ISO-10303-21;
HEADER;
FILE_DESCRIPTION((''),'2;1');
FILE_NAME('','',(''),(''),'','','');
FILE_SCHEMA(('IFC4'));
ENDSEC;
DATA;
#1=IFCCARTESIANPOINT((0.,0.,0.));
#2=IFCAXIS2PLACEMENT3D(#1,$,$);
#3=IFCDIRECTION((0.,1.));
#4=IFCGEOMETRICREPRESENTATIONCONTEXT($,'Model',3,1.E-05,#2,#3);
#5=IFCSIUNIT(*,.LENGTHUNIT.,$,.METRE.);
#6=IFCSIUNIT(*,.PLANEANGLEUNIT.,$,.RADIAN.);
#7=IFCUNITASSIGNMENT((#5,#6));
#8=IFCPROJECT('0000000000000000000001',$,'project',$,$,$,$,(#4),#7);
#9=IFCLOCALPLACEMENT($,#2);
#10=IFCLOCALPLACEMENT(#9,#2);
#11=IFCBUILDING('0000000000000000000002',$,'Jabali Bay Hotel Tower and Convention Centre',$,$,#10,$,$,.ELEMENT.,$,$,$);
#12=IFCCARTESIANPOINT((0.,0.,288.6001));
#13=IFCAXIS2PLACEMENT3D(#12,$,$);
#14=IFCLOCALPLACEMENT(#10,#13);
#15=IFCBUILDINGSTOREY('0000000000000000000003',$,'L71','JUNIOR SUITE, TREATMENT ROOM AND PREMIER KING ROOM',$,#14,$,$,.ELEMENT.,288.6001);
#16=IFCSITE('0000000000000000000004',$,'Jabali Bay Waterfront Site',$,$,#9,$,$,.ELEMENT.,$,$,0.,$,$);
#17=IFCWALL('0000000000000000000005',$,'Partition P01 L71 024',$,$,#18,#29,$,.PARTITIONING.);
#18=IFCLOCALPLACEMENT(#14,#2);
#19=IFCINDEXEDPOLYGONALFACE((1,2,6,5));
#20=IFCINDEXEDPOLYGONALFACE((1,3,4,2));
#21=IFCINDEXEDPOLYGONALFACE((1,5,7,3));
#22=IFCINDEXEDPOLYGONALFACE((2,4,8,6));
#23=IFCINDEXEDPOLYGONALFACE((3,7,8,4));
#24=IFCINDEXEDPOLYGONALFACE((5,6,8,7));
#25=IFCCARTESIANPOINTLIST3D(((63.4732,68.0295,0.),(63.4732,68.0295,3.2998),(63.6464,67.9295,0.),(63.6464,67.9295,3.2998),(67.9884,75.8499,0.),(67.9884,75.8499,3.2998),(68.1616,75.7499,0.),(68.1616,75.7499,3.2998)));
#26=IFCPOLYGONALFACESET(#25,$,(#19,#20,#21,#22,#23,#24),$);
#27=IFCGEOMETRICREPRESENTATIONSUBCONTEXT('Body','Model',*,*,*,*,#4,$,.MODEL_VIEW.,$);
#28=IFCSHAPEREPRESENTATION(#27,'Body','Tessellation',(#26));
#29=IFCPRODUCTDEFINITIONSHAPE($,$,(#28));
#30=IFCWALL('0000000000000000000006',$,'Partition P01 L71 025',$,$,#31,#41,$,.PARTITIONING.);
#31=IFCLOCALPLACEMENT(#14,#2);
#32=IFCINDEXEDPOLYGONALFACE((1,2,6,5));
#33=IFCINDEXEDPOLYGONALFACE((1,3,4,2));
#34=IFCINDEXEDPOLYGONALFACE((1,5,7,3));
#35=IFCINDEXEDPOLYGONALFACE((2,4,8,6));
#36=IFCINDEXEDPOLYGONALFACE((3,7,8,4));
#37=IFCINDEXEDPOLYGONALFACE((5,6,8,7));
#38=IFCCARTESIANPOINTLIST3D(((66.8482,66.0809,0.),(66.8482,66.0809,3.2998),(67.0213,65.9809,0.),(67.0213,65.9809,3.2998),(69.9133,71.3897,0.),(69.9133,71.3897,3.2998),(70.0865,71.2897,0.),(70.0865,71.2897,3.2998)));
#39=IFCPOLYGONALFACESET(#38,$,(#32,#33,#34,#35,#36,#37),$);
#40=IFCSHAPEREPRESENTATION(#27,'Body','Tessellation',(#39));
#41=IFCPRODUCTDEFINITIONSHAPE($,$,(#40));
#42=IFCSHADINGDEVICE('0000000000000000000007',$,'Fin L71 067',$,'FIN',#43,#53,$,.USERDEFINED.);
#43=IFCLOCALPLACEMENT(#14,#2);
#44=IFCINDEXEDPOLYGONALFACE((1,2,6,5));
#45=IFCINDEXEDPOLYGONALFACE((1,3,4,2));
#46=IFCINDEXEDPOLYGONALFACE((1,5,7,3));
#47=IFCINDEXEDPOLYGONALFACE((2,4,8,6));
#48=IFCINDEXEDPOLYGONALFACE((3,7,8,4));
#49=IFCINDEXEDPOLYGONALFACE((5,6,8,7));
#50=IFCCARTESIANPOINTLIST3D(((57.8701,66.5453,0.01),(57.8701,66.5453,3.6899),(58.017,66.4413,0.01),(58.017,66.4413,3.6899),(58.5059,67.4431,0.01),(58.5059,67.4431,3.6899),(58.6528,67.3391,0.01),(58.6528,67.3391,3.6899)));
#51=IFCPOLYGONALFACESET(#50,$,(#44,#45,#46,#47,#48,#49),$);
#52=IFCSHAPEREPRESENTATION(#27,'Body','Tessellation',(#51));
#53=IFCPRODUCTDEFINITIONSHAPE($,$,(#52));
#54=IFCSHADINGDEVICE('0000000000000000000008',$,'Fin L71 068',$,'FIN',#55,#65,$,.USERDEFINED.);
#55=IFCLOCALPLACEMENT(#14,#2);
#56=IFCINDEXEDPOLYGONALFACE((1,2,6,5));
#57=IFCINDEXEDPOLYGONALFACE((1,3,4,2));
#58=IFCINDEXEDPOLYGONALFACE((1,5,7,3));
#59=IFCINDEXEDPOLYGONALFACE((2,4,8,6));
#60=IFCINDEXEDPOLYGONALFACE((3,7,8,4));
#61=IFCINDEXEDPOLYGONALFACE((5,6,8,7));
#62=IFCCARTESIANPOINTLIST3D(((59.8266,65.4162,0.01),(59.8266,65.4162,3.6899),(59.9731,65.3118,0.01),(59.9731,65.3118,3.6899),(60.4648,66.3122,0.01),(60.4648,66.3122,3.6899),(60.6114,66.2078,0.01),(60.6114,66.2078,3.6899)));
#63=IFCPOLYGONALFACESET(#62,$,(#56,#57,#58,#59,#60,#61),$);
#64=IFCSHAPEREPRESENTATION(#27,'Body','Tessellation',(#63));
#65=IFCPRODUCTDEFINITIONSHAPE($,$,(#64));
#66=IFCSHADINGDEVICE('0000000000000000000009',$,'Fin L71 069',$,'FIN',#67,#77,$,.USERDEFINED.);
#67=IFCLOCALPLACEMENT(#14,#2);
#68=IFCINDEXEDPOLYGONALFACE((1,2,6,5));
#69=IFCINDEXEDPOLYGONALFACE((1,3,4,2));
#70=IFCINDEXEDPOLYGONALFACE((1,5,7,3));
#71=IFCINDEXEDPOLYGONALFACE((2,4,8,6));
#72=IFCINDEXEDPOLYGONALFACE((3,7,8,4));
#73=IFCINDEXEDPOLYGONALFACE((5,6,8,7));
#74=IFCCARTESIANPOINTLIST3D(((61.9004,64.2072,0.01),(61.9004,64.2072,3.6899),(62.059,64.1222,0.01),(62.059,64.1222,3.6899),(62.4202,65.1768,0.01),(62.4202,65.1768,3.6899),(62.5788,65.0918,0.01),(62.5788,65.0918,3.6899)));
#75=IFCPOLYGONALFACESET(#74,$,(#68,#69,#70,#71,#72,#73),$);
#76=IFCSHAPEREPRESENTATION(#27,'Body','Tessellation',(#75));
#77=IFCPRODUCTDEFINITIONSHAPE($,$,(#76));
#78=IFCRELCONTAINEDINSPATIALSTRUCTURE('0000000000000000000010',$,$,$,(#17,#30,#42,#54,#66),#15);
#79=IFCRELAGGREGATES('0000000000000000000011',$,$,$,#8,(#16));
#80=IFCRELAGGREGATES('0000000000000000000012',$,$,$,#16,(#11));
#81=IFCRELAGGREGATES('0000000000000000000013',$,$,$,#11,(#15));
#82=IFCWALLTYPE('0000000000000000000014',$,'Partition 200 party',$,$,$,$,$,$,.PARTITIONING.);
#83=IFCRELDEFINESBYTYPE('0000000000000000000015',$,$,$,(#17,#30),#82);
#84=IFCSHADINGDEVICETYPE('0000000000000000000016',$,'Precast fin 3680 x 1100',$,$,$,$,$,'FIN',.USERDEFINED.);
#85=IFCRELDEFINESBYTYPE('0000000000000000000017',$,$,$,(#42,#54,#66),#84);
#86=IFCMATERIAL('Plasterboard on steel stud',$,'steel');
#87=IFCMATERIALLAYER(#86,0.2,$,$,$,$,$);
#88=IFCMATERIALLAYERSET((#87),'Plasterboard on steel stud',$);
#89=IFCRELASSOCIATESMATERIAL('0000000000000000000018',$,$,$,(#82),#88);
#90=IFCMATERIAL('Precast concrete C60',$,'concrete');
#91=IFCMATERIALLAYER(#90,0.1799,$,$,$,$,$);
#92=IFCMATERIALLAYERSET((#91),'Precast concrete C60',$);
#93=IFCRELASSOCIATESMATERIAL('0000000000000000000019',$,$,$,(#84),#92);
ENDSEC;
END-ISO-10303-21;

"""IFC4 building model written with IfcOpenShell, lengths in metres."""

from ifc_helpers import new_model, si_unit, direction, frame, frame_2d, origin, place, context, subcontext, project, spatial, rectangle, extrude, material, layer, layer_set, type_object, element, save


model = new_model("IFC4")

# Units and contexts
model_context = context("Model", 3, precision=1e-05, world=origin(), true_north=direction((0.0, 1.0)))
body_context = subcontext(model_context, "Body", "Model", "MODEL_VIEW")
ifc_project = project(units=[si_unit("LENGTHUNIT", "METRE"), si_unit("PLANEANGLEUNIT", "RADIAN")], contexts=[model_context])

# Site, building, storey
site_placement = place(None, origin())
site = spatial("IfcSite", under=ifc_project, at=site_placement, Name="Jabali Bay Waterfront Site", CompositionType="ELEMENT", RefElevation=0.0)
building_placement = place(site_placement, origin())
building = spatial("IfcBuilding", under=site, at=building_placement, Name="Jabali Bay Hotel Tower and Convention Centre", CompositionType="ELEMENT")
storey_placement = place(building_placement, frame((0.0, 0.0, 288.6001)))
storey = spatial("IfcBuildingStorey", under=building, at=storey_placement, Name="L71", Description="JUNIOR SUITE, TREATMENT ROOM AND PREMIER KING ROOM", CompositionType="ELEMENT", Elevation=288.6001)

# Shared definitions
ifc_material_1 = material(Name="Plasterboard on steel stud", Category="steel")

# Walls
ifc_layer_1 = layer(ifc_material_1, 0.2)
ifc_layer_set_1 = layer_set([ifc_layer_1], Name="Plasterboard on steel stud")
wall_type_1 = type_object("IfcWallType", Name="Partition 200 party", PredefinedType="PARTITIONING", material=ifc_layer_set_1)
wall_1_placement = place(storey_placement, frame((63.5598, 67.9795, 0.0), z_axis=(0.0, 0.0, 1.0), x_axis=(0.500006, 0.866022, 0.0)))
element("IfcWall", 1, at=wall_1_placement, inside=storey, type_object=wall_type_1, Name="Partition P01 L71 024", PredefinedType="PARTITIONING", context=body_context, shape_type="SweptSolid", body=[
    extrude(rectangle(XDim=9.0303, YDim=0.2, at=frame_2d((4.5151, 0.0))), origin(), (0.0, 0.0, 1.0), 3.2998),
])
wall_2_placement = place(storey_placement, frame((66.9348, 66.031, 0.0), z_axis=(0.0, 0.0, 1.0), x_axis=(0.500015, 0.866016, 0.0)))
element("IfcWall", 2, at=wall_2_placement, inside=storey, type_object=wall_type_1, Name="Partition P01 L71 025", PredefinedType="PARTITIONING", context=body_context, shape_type="SweptSolid", body=[
    extrude(rectangle(XDim=6.1301, YDim=0.2, at=frame_2d((3.0649, 0.0))), origin(), (0.0, 0.0, 1.0), 3.2998),
])

# Shading devices
ifc_material_2 = material(Name="Precast concrete C60", Category="concrete")
ifc_layer_2 = layer(ifc_material_2, 0.1799)
ifc_layer_set_2 = layer_set([ifc_layer_2], Name="Precast concrete C60")
shading_device_type = type_object("IfcShadingDeviceType", Name="Precast fin 3680 x 1100", ElementType="FIN", PredefinedType="USERDEFINED", material=ifc_layer_set_2)
for number, where, z_axis, x_axis, name in (
    (3, (58.5793, 67.3911, 0.01), (0.0, 0.0, 1.0), (-0.577937, -0.816081, 0.0), "Fin L71 067"),
    (4, (60.5381, 66.26, 0.01), (0.0, 0.0, 1.0), (-0.580146, -0.814513, 0.0), "Fin L71 068"),
    (5, (62.4995, 65.1343, 0.01), (0.0, 0.0, 1.0), (-0.472511, -0.881325, 0.0), "Fin L71 069"),
):
    element("IfcShadingDevice", number, at=place(storey_placement, frame(where, z_axis=z_axis, x_axis=x_axis)), inside=storey, type_object=shading_device_type, Name=name, ObjectType="FIN", PredefinedType="USERDEFINED", context=body_context, shape_type="SweptSolid", body=[
        extrude(rectangle(XDim=1.1001, YDim=0.1799, at=frame_2d((0.55, 0.0))), origin(), (0.0, 0.0, 1.0), 3.6799),
    ])

save(model, "model.ifc")
